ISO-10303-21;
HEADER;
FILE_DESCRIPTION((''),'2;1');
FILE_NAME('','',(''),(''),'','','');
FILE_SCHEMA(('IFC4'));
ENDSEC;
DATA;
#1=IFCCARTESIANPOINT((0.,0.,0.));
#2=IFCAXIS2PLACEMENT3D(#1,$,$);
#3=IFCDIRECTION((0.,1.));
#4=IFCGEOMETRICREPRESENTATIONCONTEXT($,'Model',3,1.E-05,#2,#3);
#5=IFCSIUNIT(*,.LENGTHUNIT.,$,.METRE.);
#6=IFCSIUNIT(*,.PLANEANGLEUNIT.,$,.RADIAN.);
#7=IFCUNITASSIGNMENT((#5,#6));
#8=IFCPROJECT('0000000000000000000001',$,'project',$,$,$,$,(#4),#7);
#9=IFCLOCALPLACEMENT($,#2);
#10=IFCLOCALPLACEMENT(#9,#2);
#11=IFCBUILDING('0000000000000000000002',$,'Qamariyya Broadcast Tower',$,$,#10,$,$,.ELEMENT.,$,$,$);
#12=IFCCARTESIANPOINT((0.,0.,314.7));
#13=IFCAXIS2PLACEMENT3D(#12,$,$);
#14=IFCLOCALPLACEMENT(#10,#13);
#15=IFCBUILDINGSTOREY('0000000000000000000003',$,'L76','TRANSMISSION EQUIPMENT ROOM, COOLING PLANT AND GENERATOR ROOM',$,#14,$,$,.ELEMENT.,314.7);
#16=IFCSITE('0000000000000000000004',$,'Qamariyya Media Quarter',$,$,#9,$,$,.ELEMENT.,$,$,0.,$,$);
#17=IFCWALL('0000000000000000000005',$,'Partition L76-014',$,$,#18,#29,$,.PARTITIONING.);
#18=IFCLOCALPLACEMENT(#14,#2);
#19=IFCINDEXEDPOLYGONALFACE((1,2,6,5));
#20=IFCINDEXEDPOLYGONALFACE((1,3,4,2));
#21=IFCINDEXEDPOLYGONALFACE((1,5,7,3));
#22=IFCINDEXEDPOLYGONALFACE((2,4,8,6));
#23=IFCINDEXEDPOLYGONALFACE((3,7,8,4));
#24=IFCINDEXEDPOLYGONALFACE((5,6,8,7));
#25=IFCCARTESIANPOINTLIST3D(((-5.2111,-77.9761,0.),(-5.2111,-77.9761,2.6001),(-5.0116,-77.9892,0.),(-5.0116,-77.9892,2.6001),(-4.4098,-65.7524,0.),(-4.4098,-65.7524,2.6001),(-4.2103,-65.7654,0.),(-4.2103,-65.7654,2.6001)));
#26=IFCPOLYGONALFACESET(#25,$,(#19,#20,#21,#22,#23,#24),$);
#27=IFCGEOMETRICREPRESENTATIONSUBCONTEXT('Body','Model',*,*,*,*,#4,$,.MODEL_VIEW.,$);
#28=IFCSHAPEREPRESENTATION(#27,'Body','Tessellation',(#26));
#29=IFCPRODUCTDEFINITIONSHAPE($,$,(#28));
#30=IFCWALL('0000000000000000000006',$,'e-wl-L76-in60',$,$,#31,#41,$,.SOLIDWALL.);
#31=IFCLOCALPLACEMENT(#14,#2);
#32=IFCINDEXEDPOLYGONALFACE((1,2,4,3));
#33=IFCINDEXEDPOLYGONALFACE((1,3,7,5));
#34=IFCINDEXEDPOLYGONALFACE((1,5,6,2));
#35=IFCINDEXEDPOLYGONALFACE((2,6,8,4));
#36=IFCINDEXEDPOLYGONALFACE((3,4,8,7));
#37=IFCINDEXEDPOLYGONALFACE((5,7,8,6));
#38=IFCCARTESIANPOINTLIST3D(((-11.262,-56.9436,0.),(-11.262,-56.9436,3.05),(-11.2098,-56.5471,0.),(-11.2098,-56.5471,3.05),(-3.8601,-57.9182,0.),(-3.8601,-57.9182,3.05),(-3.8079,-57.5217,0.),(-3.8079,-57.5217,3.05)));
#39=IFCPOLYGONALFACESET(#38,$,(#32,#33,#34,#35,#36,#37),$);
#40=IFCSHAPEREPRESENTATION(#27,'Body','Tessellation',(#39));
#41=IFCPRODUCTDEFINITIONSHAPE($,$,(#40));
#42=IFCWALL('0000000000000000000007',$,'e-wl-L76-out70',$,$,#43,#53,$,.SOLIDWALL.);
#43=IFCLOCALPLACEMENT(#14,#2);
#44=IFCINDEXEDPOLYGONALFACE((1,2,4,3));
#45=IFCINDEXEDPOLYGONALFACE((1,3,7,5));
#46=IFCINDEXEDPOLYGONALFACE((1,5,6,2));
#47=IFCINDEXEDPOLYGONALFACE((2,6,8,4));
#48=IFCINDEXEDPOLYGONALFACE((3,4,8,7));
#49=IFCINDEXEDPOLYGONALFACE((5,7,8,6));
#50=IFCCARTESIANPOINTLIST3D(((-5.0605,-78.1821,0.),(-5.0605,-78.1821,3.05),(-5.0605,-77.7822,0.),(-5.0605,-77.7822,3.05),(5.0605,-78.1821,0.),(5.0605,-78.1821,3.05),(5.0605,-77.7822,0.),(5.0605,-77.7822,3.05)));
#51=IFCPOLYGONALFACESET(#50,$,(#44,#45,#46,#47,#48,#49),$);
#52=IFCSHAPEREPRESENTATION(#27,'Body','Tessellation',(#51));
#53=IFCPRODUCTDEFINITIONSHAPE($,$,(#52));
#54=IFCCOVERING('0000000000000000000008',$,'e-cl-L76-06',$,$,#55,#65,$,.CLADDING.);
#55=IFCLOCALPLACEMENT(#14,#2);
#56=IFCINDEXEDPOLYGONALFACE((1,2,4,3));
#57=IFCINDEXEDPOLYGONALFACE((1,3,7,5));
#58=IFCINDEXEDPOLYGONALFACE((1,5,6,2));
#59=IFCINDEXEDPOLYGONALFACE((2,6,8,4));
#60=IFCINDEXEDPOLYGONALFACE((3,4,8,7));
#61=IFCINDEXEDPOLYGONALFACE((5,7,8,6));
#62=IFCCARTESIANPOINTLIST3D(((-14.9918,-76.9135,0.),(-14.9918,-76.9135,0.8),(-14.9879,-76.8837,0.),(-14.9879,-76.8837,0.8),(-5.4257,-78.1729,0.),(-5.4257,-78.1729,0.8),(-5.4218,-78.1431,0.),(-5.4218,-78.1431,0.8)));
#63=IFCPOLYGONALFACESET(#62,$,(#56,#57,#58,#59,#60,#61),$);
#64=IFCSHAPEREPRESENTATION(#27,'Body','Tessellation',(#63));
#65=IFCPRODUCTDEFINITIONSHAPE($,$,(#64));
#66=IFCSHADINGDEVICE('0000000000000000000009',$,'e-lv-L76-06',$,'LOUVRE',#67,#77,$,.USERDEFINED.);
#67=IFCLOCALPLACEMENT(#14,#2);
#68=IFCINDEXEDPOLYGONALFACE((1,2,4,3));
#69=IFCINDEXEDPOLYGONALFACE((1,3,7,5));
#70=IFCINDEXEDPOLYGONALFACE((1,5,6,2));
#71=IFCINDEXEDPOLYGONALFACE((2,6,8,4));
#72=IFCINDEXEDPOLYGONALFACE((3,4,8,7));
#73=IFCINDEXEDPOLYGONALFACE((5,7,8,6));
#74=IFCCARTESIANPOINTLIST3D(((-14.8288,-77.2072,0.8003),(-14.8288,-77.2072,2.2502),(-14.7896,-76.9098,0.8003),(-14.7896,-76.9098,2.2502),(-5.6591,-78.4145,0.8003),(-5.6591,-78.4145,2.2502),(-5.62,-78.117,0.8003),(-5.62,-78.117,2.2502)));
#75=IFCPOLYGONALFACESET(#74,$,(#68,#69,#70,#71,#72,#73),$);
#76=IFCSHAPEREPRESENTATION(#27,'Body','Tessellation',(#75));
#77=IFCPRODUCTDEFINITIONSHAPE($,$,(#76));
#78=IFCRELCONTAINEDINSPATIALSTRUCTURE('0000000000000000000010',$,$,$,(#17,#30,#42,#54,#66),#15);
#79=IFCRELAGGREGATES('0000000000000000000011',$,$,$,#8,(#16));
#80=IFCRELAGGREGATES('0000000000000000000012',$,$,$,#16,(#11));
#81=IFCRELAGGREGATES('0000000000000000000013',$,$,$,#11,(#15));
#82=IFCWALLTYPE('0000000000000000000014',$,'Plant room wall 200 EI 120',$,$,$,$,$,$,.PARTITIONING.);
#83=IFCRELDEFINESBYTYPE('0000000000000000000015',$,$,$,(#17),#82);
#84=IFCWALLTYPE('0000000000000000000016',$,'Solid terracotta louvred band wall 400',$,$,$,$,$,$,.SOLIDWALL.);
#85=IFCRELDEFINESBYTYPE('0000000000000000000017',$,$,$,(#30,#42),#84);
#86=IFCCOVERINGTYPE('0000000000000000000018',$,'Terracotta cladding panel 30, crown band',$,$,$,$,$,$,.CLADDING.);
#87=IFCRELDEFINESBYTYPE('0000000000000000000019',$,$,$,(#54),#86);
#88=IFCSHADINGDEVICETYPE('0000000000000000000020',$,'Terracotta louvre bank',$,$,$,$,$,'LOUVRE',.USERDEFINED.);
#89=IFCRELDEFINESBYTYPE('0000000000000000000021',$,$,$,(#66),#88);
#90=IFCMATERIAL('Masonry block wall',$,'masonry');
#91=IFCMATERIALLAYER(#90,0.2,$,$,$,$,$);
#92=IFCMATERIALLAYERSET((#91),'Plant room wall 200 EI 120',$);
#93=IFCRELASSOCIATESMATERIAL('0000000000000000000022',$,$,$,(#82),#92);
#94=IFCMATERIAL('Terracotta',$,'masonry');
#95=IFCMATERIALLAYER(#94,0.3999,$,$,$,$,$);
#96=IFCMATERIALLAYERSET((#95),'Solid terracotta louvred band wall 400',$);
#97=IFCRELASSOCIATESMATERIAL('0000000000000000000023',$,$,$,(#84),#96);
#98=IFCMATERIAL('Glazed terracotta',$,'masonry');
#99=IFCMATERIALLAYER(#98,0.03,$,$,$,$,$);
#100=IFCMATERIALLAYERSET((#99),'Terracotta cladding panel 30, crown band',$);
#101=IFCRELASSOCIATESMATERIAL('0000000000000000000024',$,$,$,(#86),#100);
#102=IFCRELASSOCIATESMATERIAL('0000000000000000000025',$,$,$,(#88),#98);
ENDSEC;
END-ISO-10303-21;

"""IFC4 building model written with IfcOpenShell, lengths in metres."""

from ifc_helpers import new_model, si_unit, direction, frame, frame_2d, origin, origin_2d, place, context, subcontext, project, spatial, rectangle, extrude, material, layer, layer_set, type_object, element, save


model = new_model("IFC4")

# Units and contexts
model_context = context("Model", 3, precision=1e-05, world=origin(), true_north=direction((0.0, 1.0)))
body_context = subcontext(model_context, "Body", "Model", "MODEL_VIEW")
ifc_project = project(units=[si_unit("LENGTHUNIT", "METRE"), si_unit("PLANEANGLEUNIT", "RADIAN")], contexts=[model_context])

# Site, building, storey
site_placement = place(None, origin())
site = spatial("IfcSite", under=ifc_project, at=site_placement, Name="Qamariyya Media Quarter", CompositionType="ELEMENT", RefElevation=0.0)
building_placement = place(site_placement, origin())
building = spatial("IfcBuilding", under=site, at=building_placement, Name="Qamariyya Broadcast Tower", CompositionType="ELEMENT")
storey_placement = place(building_placement, frame((0.0, 0.0, 314.7)))
storey = spatial("IfcBuildingStorey", under=building, at=storey_placement, Name="L76", Description="TRANSMISSION EQUIPMENT ROOM, COOLING PLANT AND GENERATOR ROOM", CompositionType="ELEMENT", Elevation=314.7)

# Shared definitions
ifc_material_1 = material(Name="Masonry block wall", Category="masonry")
ifc_layer_1 = layer(ifc_material_1, 0.2)
ifc_layer_set_1 = layer_set([ifc_layer_1], Name="Plant room wall 200 EI 120")
wall_type_1 = type_object("IfcWallType", Name="Plant room wall 200 EI 120", PredefinedType="PARTITIONING", material=ifc_layer_set_1)

# Walls
wall_1_placement = place(storey_placement, frame((-5.1113, -77.9827, 0.0), z_axis=(0.0, 0.0, 1.0), x_axis=(0.065409, 0.997859, 0.0)))
element("IfcWall", 1, at=wall_1_placement, inside=storey, type_object=wall_type_1, Name="Partition L76-014", PredefinedType="PARTITIONING", context=body_context, shape_type="SweptSolid", body=[
    extrude(rectangle(XDim=12.25, YDim=0.2, at=frame_2d((6.125, 0.0))), origin(), (0.0, 0.0, 1.0), 2.6001),
])
ifc_material_2 = material(Name="Terracotta", Category="masonry")
ifc_layer_2 = layer(ifc_material_2, 0.3999)
ifc_layer_set_2 = layer_set([ifc_layer_2], Name="Solid terracotta louvred band wall 400")
wall_type_2 = type_object("IfcWallType", Name="Solid terracotta louvred band wall 400", PredefinedType="SOLIDWALL", material=ifc_layer_set_2)
wall_2_placement = place(storey_placement, frame((-3.834, -57.72, 0.0), z_axis=(0.0, 0.0, 1.0), x_axis=(-0.991442, 0.130544, 0.0)))
element("IfcWall", 2, at=wall_2_placement, inside=storey, type_object=wall_type_2, Name="e-wl-L76-in60", PredefinedType="SOLIDWALL", context=body_context, shape_type="SweptSolid", body=[
    extrude(rectangle(XDim=7.4658, YDim=0.3999, at=frame_2d((3.7329, 0.0))), origin(), (0.0, 0.0, 1.0), 3.05),
])
wall_3_placement = place(storey_placement, frame((-5.0605, -77.9822, 0.0), z_axis=(0.0, 0.0, 1.0), x_axis=(1.0, 0.0, 0.0)))
element("IfcWall", 3, at=wall_3_placement, inside=storey, type_object=wall_type_2, Name="e-wl-L76-out70", PredefinedType="SOLIDWALL", context=body_context, shape_type="SweptSolid", body=[
    extrude(rectangle(XDim=10.1211, YDim=0.3999, at=frame_2d((5.0605, 0.0))), origin(), (0.0, 0.0, 1.0), 3.05),
])

# Covering
ifc_material_3 = material(Name="Glazed terracotta", Category="masonry")
ifc_layer_3 = layer(ifc_material_3, 0.03)
ifc_layer_set_3 = layer_set([ifc_layer_3], Name="Terracotta cladding panel 30, crown band")
covering_type = type_object("IfcCoveringType", Name="Terracotta cladding panel 30, crown band", PredefinedType="CLADDING", material=ifc_layer_set_3)
covering_placement = place(storey_placement, frame((-10.2068, -77.5283, 0.0), z_axis=(0.0, 0.0, 1.0), x_axis=(0.991445, -0.130526, 0.0)))
element("IfcCovering", 4, at=covering_placement, inside=storey, type_object=covering_type, Name="e-cl-L76-06", PredefinedType="CLADDING", context=body_context, shape_type="SweptSolid", body=[
    extrude(rectangle(XDim=9.6487, YDim=0.03, at=origin_2d()), origin(), (0.0, 0.0, 1.0), 0.8),
])

# Shading device
shading_device_type = type_object("IfcShadingDeviceType", Name="Terracotta louvre bank", ElementType="LOUVRE", PredefinedType="USERDEFINED", material=ifc_material_3)
shading_device_placement = place(storey_placement, frame((-10.2244, -77.6621, 0.8003), z_axis=(0.0, 0.0, 1.0), x_axis=(0.991445, -0.130526, 0.0)))
element("IfcShadingDevice", 5, at=shading_device_placement, inside=storey, type_object=shading_device_type, Name="e-lv-L76-06", ObjectType="LOUVRE", PredefinedType="USERDEFINED", context=body_context, shape_type="SweptSolid", body=[
    extrude(rectangle(XDim=9.2488, YDim=0.3, at=origin_2d()), origin(), (0.0, 0.0, 1.0), 1.45),
])

save(model, "model.ifc")
